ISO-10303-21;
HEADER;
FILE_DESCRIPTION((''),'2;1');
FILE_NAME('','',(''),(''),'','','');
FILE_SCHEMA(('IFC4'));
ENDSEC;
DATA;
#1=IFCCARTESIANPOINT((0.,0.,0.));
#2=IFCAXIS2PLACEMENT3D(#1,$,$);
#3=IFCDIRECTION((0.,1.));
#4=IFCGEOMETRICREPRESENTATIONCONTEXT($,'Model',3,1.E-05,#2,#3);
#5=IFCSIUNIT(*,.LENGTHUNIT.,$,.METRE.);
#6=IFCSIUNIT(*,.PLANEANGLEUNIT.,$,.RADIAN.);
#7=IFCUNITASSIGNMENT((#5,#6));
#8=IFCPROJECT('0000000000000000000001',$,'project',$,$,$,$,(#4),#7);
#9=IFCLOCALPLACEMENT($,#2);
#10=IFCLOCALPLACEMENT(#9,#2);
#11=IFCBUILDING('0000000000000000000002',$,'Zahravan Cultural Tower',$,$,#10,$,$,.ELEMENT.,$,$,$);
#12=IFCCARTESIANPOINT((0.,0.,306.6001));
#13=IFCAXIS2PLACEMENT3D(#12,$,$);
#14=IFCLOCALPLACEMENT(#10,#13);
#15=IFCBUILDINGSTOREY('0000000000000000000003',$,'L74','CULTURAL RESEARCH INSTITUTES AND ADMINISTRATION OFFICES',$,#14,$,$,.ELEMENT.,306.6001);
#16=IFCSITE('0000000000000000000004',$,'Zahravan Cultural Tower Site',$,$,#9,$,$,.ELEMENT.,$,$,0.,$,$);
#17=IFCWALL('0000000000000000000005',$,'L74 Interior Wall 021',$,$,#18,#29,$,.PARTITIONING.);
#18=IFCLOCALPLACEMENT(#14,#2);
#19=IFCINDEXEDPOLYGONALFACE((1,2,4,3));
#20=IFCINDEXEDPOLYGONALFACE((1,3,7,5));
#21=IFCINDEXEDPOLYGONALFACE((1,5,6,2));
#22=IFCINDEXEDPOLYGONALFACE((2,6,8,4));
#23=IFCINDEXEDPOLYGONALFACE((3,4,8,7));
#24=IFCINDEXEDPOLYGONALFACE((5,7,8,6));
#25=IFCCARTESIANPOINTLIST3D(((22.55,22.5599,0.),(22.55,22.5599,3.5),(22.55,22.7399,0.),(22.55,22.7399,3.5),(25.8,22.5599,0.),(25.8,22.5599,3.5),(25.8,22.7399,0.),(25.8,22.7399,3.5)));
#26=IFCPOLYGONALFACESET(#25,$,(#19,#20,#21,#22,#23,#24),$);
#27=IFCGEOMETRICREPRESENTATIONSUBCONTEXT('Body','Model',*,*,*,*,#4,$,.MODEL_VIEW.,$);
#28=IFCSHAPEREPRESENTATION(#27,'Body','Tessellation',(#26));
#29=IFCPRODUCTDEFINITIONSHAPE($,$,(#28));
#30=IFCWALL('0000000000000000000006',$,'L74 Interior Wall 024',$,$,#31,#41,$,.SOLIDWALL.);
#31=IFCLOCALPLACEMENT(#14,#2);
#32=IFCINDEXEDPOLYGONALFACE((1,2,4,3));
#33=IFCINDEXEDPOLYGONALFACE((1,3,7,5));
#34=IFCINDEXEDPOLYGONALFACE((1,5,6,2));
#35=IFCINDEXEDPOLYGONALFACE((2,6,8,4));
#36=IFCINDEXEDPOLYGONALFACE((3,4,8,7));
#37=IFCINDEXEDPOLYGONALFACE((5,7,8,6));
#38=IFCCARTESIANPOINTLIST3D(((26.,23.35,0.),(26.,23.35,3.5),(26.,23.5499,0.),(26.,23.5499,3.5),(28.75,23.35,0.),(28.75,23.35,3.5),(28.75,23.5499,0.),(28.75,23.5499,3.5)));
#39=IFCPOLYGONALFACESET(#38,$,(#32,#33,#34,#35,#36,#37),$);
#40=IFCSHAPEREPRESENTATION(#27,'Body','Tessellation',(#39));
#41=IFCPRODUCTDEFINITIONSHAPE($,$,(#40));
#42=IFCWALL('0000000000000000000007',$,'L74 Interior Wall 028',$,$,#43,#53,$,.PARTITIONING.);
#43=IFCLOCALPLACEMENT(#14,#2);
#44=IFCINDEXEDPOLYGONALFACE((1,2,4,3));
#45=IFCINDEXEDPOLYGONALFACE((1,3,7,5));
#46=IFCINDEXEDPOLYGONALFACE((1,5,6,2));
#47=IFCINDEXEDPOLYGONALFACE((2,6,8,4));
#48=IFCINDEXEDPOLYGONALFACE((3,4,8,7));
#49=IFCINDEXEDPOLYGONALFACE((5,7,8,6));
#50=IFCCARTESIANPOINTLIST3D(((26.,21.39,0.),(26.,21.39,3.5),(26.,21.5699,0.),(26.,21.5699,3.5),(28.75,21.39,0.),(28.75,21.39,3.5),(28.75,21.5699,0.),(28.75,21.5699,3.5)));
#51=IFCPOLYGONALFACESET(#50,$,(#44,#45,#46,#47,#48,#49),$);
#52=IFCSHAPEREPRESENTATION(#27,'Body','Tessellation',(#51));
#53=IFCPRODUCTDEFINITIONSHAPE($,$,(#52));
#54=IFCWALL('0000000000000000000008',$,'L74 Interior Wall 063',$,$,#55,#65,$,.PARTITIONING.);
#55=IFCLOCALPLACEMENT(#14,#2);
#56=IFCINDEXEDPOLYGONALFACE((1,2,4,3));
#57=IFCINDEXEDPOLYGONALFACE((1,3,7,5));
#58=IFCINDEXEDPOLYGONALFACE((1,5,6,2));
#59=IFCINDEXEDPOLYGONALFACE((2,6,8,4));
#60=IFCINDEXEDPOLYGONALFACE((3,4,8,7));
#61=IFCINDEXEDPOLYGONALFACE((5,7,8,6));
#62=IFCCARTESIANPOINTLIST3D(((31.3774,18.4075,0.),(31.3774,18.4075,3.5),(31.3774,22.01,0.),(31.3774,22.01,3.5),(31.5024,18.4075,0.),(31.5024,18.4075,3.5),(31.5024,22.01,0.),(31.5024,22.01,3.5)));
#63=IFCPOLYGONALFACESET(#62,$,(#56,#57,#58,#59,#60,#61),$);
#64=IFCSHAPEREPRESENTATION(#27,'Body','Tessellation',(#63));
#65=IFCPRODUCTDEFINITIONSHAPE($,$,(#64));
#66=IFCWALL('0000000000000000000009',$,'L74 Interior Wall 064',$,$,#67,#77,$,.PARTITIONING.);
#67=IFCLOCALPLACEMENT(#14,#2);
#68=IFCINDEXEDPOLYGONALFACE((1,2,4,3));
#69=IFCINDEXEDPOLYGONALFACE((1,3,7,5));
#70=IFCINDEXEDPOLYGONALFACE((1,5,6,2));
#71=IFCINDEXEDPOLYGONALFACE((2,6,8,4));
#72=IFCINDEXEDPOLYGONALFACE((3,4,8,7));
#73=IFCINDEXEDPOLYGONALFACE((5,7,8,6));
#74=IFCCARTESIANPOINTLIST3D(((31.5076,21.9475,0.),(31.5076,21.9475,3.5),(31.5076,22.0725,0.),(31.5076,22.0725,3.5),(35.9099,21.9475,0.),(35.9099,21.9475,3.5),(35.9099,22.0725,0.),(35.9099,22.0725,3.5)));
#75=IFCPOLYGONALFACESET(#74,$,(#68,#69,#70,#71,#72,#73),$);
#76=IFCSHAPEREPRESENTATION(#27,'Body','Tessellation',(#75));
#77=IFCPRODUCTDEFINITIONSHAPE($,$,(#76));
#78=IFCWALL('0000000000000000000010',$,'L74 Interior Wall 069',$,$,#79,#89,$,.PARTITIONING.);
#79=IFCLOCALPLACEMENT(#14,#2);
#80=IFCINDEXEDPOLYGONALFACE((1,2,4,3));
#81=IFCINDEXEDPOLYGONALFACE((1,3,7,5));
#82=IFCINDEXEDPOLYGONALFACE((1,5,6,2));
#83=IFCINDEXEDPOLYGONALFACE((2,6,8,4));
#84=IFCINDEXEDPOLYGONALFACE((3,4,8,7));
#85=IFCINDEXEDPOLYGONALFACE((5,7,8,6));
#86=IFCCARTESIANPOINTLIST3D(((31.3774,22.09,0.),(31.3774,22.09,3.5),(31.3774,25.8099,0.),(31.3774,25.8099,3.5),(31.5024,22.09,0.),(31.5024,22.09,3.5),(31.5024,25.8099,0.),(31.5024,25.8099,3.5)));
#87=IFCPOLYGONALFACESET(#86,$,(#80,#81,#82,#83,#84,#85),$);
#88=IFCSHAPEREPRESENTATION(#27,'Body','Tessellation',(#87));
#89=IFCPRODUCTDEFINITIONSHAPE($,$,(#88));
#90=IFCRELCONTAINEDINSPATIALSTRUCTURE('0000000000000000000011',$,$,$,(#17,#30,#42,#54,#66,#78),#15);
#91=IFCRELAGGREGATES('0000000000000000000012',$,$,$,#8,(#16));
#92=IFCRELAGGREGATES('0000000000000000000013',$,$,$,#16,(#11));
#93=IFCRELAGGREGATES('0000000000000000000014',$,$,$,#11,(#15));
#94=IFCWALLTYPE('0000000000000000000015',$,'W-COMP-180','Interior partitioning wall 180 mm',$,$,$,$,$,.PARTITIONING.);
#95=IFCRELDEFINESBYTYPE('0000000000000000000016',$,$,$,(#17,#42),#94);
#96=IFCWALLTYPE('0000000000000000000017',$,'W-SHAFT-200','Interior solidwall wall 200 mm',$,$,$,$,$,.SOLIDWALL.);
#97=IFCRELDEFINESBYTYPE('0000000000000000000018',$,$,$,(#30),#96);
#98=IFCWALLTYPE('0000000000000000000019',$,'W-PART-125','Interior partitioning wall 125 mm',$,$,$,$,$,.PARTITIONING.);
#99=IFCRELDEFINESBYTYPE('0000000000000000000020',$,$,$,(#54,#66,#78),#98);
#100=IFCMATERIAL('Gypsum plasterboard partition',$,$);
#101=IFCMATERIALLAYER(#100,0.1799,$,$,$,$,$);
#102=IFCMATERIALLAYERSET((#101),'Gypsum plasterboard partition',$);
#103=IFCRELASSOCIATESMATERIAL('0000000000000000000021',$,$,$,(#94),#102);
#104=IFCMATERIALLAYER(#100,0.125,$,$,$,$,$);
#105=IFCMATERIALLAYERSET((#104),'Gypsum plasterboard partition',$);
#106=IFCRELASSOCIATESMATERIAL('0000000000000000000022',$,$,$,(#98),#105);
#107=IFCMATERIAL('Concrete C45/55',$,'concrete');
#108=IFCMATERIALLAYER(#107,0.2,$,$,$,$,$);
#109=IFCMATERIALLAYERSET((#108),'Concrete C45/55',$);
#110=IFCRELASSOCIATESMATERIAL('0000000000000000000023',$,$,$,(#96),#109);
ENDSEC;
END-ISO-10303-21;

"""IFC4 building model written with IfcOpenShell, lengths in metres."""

from ifc_helpers import new_model, si_unit, direction, frame, frame_2d, origin, place, context, subcontext, project, spatial, rectangle, extrude, source, transform, mapped, material, layer, layer_set, type_object, element, save


model = new_model("IFC4")

# Units and contexts
model_context = context("Model", 3, precision=1e-05, world=origin(), true_north=direction((0.0, 1.0)))
body_context = subcontext(model_context, "Body", "Model", "MODEL_VIEW")
ifc_project = project(units=[si_unit("LENGTHUNIT", "METRE"), si_unit("PLANEANGLEUNIT", "RADIAN")], contexts=[model_context])

# Site, building, storey
site_placement = place(None, origin())
site = spatial("IfcSite", under=ifc_project, at=site_placement, Name="Zahravan Cultural Tower Site", CompositionType="ELEMENT", RefElevation=0.0)
building_placement = place(site_placement, origin())
building = spatial("IfcBuilding", under=site, at=building_placement, Name="Zahravan Cultural Tower", CompositionType="ELEMENT")
storey_placement = place(building_placement, frame((0.0, 0.0, 306.6001)))
storey = spatial("IfcBuildingStorey", under=building, at=storey_placement, Name="L74", Description="CULTURAL RESEARCH INSTITUTES AND ADMINISTRATION OFFICES", CompositionType="ELEMENT", Elevation=306.6001)

# Shared definitions
ifc_material_1 = material(Name="Gypsum plasterboard partition")
ifc_layer_1 = layer(ifc_material_1, 0.1799)
ifc_layer_set_1 = layer_set([ifc_layer_1], Name="Gypsum plasterboard partition")
wall_type_1 = type_object("IfcWallType", Name="W-COMP-180", Description="Interior partitioning wall 180 mm", PredefinedType="PARTITIONING", material=ifc_layer_set_1)
ifc_layer_2 = layer(ifc_material_1, 0.125)
ifc_layer_set_2 = layer_set([ifc_layer_2], Name="Gypsum plasterboard partition")
wall_type_2 = type_object("IfcWallType", Name="W-PART-125", Description="Interior partitioning wall 125 mm", PredefinedType="PARTITIONING", material=ifc_layer_set_2)

# Shared definitions
ifc_material_2 = material(Name="Concrete C45/55", Category="concrete")
ifc_layer_3 = layer(ifc_material_2, 0.2)
ifc_layer_set_3 = layer_set([ifc_layer_3], Name="Concrete C45/55")
wall_type_3 = type_object("IfcWallType", Name="W-SHAFT-200", Description="Interior solidwall wall 200 mm", PredefinedType="SOLIDWALL", material=ifc_layer_set_3)

# Walls
shared_shape_1 = source(origin(), body_context, "Body", "SweptSolid", [
    extrude(rectangle(XDim=3.25, YDim=0.1799, at=frame_2d((1.625, 0.0))), origin(), (0.0, 0.0, 1.0), 3.5),
])
wall_1_placement = place(storey_placement, frame((22.55, 22.6499, 0.0), z_axis=(0.0, 0.0, 1.0), x_axis=(1.0, 0.0, 0.0)))
element("IfcWall", 1, at=wall_1_placement, inside=storey, type_object=wall_type_1, Name="L74 Interior Wall 021", PredefinedType="PARTITIONING", context=body_context, shape_type="MappedRepresentation", body=[
    mapped(shared_shape_1, transform((0.0, 0.0, 0.0), x_axis=(1.0, 0.0, 0.0), y_axis=(0.0, 1.0, 0.0), z_axis=(0.0, 0.0, 1.0), scale=1.0)),
])
shared_shape_2 = source(origin(), body_context, "Body", "SweptSolid", [
    extrude(rectangle(XDim=2.75, YDim=0.2, at=frame_2d((1.375, 0.0))), origin(), (0.0, 0.0, 1.0), 3.5),
])
wall_2_placement = place(storey_placement, frame((26.0, 23.45, 0.0), z_axis=(0.0, 0.0, 1.0), x_axis=(1.0, 0.0, 0.0)))
element("IfcWall", 2, at=wall_2_placement, inside=storey, type_object=wall_type_3, Name="L74 Interior Wall 024", PredefinedType="SOLIDWALL", context=body_context, shape_type="MappedRepresentation", body=[
    mapped(shared_shape_2, transform((0.0, 0.0, 0.0), x_axis=(1.0, 0.0, 0.0), y_axis=(0.0, 1.0, 0.0), z_axis=(0.0, 0.0, 1.0), scale=1.0)),
])
shared_shape_3 = source(origin(), body_context, "Body", "SweptSolid", [
    extrude(rectangle(XDim=2.75, YDim=0.1799, at=frame_2d((1.375, 0.0))), origin(), (0.0, 0.0, 1.0), 3.5),
])
wall_3_placement = place(storey_placement, frame((26.0, 21.48, 0.0), z_axis=(0.0, 0.0, 1.0), x_axis=(1.0, 0.0, 0.0)))
element("IfcWall", 3, at=wall_3_placement, inside=storey, type_object=wall_type_1, Name="L74 Interior Wall 028", PredefinedType="PARTITIONING", context=body_context, shape_type="MappedRepresentation", body=[
    mapped(shared_shape_3, transform((0.0, 0.0, 0.0), x_axis=(1.0, 0.0, 0.0), y_axis=(0.0, 1.0, 0.0), z_axis=(0.0, 0.0, 1.0), scale=1.0)),
])
shared_shape_4 = source(origin(), body_context, "Body", "SweptSolid", [
    extrude(rectangle(XDim=3.6025, YDim=0.125, at=frame_2d((1.8013, 0.0))), origin(), (0.0, 0.0, 1.0), 3.5),
])
wall_4_placement = place(storey_placement, frame((31.4399, 18.4075, 0.0), z_axis=(0.0, 0.0, 1.0), x_axis=(0.0, 1.0, 0.0)))
element("IfcWall", 4, at=wall_4_placement, inside=storey, type_object=wall_type_2, Name="L74 Interior Wall 063", PredefinedType="PARTITIONING", context=body_context, shape_type="MappedRepresentation", body=[
    mapped(shared_shape_4, transform((0.0, 0.0, 0.0), x_axis=(1.0, 0.0, 0.0), y_axis=(0.0, 1.0, 0.0), z_axis=(0.0, 0.0, 1.0), scale=1.0)),
])
shared_shape_5 = source(origin(), body_context, "Body", "SweptSolid", [
    extrude(rectangle(XDim=4.4023, YDim=0.125, at=frame_2d((2.2012, 0.0))), origin(), (0.0, 0.0, 1.0), 3.5),
])
wall_5_placement = place(storey_placement, frame((31.5076, 22.01, 0.0), z_axis=(0.0, 0.0, 1.0), x_axis=(1.0, 0.0, 0.0)))
element("IfcWall", 5, at=wall_5_placement, inside=storey, type_object=wall_type_2, Name="L74 Interior Wall 064", PredefinedType="PARTITIONING", context=body_context, shape_type="MappedRepresentation", body=[
    mapped(shared_shape_5, transform((0.0, 0.0, 0.0), x_axis=(1.0, 0.0, 0.0), y_axis=(0.0, 1.0, 0.0), z_axis=(0.0, 0.0, 1.0), scale=1.0)),
])
shared_shape_6 = source(origin(), body_context, "Body", "SweptSolid", [
    extrude(rectangle(XDim=3.72, YDim=0.125, at=frame_2d((1.8599, 0.0))), origin(), (0.0, 0.0, 1.0), 3.5),
])
wall_6_placement = place(storey_placement, frame((31.4399, 22.0901, 0.0), z_axis=(0.0, 0.0, 1.0), x_axis=(0.0, 1.0, 0.0)))
element("IfcWall", 6, at=wall_6_placement, inside=storey, type_object=wall_type_2, Name="L74 Interior Wall 069", PredefinedType="PARTITIONING", context=body_context, shape_type="MappedRepresentation", body=[
    mapped(shared_shape_6, transform((0.0, 0.0, 0.0), x_axis=(1.0, 0.0, 0.0), y_axis=(0.0, 1.0, 0.0), z_axis=(0.0, 0.0, 1.0), scale=1.0)),
])

save(model, "model.ifc")
